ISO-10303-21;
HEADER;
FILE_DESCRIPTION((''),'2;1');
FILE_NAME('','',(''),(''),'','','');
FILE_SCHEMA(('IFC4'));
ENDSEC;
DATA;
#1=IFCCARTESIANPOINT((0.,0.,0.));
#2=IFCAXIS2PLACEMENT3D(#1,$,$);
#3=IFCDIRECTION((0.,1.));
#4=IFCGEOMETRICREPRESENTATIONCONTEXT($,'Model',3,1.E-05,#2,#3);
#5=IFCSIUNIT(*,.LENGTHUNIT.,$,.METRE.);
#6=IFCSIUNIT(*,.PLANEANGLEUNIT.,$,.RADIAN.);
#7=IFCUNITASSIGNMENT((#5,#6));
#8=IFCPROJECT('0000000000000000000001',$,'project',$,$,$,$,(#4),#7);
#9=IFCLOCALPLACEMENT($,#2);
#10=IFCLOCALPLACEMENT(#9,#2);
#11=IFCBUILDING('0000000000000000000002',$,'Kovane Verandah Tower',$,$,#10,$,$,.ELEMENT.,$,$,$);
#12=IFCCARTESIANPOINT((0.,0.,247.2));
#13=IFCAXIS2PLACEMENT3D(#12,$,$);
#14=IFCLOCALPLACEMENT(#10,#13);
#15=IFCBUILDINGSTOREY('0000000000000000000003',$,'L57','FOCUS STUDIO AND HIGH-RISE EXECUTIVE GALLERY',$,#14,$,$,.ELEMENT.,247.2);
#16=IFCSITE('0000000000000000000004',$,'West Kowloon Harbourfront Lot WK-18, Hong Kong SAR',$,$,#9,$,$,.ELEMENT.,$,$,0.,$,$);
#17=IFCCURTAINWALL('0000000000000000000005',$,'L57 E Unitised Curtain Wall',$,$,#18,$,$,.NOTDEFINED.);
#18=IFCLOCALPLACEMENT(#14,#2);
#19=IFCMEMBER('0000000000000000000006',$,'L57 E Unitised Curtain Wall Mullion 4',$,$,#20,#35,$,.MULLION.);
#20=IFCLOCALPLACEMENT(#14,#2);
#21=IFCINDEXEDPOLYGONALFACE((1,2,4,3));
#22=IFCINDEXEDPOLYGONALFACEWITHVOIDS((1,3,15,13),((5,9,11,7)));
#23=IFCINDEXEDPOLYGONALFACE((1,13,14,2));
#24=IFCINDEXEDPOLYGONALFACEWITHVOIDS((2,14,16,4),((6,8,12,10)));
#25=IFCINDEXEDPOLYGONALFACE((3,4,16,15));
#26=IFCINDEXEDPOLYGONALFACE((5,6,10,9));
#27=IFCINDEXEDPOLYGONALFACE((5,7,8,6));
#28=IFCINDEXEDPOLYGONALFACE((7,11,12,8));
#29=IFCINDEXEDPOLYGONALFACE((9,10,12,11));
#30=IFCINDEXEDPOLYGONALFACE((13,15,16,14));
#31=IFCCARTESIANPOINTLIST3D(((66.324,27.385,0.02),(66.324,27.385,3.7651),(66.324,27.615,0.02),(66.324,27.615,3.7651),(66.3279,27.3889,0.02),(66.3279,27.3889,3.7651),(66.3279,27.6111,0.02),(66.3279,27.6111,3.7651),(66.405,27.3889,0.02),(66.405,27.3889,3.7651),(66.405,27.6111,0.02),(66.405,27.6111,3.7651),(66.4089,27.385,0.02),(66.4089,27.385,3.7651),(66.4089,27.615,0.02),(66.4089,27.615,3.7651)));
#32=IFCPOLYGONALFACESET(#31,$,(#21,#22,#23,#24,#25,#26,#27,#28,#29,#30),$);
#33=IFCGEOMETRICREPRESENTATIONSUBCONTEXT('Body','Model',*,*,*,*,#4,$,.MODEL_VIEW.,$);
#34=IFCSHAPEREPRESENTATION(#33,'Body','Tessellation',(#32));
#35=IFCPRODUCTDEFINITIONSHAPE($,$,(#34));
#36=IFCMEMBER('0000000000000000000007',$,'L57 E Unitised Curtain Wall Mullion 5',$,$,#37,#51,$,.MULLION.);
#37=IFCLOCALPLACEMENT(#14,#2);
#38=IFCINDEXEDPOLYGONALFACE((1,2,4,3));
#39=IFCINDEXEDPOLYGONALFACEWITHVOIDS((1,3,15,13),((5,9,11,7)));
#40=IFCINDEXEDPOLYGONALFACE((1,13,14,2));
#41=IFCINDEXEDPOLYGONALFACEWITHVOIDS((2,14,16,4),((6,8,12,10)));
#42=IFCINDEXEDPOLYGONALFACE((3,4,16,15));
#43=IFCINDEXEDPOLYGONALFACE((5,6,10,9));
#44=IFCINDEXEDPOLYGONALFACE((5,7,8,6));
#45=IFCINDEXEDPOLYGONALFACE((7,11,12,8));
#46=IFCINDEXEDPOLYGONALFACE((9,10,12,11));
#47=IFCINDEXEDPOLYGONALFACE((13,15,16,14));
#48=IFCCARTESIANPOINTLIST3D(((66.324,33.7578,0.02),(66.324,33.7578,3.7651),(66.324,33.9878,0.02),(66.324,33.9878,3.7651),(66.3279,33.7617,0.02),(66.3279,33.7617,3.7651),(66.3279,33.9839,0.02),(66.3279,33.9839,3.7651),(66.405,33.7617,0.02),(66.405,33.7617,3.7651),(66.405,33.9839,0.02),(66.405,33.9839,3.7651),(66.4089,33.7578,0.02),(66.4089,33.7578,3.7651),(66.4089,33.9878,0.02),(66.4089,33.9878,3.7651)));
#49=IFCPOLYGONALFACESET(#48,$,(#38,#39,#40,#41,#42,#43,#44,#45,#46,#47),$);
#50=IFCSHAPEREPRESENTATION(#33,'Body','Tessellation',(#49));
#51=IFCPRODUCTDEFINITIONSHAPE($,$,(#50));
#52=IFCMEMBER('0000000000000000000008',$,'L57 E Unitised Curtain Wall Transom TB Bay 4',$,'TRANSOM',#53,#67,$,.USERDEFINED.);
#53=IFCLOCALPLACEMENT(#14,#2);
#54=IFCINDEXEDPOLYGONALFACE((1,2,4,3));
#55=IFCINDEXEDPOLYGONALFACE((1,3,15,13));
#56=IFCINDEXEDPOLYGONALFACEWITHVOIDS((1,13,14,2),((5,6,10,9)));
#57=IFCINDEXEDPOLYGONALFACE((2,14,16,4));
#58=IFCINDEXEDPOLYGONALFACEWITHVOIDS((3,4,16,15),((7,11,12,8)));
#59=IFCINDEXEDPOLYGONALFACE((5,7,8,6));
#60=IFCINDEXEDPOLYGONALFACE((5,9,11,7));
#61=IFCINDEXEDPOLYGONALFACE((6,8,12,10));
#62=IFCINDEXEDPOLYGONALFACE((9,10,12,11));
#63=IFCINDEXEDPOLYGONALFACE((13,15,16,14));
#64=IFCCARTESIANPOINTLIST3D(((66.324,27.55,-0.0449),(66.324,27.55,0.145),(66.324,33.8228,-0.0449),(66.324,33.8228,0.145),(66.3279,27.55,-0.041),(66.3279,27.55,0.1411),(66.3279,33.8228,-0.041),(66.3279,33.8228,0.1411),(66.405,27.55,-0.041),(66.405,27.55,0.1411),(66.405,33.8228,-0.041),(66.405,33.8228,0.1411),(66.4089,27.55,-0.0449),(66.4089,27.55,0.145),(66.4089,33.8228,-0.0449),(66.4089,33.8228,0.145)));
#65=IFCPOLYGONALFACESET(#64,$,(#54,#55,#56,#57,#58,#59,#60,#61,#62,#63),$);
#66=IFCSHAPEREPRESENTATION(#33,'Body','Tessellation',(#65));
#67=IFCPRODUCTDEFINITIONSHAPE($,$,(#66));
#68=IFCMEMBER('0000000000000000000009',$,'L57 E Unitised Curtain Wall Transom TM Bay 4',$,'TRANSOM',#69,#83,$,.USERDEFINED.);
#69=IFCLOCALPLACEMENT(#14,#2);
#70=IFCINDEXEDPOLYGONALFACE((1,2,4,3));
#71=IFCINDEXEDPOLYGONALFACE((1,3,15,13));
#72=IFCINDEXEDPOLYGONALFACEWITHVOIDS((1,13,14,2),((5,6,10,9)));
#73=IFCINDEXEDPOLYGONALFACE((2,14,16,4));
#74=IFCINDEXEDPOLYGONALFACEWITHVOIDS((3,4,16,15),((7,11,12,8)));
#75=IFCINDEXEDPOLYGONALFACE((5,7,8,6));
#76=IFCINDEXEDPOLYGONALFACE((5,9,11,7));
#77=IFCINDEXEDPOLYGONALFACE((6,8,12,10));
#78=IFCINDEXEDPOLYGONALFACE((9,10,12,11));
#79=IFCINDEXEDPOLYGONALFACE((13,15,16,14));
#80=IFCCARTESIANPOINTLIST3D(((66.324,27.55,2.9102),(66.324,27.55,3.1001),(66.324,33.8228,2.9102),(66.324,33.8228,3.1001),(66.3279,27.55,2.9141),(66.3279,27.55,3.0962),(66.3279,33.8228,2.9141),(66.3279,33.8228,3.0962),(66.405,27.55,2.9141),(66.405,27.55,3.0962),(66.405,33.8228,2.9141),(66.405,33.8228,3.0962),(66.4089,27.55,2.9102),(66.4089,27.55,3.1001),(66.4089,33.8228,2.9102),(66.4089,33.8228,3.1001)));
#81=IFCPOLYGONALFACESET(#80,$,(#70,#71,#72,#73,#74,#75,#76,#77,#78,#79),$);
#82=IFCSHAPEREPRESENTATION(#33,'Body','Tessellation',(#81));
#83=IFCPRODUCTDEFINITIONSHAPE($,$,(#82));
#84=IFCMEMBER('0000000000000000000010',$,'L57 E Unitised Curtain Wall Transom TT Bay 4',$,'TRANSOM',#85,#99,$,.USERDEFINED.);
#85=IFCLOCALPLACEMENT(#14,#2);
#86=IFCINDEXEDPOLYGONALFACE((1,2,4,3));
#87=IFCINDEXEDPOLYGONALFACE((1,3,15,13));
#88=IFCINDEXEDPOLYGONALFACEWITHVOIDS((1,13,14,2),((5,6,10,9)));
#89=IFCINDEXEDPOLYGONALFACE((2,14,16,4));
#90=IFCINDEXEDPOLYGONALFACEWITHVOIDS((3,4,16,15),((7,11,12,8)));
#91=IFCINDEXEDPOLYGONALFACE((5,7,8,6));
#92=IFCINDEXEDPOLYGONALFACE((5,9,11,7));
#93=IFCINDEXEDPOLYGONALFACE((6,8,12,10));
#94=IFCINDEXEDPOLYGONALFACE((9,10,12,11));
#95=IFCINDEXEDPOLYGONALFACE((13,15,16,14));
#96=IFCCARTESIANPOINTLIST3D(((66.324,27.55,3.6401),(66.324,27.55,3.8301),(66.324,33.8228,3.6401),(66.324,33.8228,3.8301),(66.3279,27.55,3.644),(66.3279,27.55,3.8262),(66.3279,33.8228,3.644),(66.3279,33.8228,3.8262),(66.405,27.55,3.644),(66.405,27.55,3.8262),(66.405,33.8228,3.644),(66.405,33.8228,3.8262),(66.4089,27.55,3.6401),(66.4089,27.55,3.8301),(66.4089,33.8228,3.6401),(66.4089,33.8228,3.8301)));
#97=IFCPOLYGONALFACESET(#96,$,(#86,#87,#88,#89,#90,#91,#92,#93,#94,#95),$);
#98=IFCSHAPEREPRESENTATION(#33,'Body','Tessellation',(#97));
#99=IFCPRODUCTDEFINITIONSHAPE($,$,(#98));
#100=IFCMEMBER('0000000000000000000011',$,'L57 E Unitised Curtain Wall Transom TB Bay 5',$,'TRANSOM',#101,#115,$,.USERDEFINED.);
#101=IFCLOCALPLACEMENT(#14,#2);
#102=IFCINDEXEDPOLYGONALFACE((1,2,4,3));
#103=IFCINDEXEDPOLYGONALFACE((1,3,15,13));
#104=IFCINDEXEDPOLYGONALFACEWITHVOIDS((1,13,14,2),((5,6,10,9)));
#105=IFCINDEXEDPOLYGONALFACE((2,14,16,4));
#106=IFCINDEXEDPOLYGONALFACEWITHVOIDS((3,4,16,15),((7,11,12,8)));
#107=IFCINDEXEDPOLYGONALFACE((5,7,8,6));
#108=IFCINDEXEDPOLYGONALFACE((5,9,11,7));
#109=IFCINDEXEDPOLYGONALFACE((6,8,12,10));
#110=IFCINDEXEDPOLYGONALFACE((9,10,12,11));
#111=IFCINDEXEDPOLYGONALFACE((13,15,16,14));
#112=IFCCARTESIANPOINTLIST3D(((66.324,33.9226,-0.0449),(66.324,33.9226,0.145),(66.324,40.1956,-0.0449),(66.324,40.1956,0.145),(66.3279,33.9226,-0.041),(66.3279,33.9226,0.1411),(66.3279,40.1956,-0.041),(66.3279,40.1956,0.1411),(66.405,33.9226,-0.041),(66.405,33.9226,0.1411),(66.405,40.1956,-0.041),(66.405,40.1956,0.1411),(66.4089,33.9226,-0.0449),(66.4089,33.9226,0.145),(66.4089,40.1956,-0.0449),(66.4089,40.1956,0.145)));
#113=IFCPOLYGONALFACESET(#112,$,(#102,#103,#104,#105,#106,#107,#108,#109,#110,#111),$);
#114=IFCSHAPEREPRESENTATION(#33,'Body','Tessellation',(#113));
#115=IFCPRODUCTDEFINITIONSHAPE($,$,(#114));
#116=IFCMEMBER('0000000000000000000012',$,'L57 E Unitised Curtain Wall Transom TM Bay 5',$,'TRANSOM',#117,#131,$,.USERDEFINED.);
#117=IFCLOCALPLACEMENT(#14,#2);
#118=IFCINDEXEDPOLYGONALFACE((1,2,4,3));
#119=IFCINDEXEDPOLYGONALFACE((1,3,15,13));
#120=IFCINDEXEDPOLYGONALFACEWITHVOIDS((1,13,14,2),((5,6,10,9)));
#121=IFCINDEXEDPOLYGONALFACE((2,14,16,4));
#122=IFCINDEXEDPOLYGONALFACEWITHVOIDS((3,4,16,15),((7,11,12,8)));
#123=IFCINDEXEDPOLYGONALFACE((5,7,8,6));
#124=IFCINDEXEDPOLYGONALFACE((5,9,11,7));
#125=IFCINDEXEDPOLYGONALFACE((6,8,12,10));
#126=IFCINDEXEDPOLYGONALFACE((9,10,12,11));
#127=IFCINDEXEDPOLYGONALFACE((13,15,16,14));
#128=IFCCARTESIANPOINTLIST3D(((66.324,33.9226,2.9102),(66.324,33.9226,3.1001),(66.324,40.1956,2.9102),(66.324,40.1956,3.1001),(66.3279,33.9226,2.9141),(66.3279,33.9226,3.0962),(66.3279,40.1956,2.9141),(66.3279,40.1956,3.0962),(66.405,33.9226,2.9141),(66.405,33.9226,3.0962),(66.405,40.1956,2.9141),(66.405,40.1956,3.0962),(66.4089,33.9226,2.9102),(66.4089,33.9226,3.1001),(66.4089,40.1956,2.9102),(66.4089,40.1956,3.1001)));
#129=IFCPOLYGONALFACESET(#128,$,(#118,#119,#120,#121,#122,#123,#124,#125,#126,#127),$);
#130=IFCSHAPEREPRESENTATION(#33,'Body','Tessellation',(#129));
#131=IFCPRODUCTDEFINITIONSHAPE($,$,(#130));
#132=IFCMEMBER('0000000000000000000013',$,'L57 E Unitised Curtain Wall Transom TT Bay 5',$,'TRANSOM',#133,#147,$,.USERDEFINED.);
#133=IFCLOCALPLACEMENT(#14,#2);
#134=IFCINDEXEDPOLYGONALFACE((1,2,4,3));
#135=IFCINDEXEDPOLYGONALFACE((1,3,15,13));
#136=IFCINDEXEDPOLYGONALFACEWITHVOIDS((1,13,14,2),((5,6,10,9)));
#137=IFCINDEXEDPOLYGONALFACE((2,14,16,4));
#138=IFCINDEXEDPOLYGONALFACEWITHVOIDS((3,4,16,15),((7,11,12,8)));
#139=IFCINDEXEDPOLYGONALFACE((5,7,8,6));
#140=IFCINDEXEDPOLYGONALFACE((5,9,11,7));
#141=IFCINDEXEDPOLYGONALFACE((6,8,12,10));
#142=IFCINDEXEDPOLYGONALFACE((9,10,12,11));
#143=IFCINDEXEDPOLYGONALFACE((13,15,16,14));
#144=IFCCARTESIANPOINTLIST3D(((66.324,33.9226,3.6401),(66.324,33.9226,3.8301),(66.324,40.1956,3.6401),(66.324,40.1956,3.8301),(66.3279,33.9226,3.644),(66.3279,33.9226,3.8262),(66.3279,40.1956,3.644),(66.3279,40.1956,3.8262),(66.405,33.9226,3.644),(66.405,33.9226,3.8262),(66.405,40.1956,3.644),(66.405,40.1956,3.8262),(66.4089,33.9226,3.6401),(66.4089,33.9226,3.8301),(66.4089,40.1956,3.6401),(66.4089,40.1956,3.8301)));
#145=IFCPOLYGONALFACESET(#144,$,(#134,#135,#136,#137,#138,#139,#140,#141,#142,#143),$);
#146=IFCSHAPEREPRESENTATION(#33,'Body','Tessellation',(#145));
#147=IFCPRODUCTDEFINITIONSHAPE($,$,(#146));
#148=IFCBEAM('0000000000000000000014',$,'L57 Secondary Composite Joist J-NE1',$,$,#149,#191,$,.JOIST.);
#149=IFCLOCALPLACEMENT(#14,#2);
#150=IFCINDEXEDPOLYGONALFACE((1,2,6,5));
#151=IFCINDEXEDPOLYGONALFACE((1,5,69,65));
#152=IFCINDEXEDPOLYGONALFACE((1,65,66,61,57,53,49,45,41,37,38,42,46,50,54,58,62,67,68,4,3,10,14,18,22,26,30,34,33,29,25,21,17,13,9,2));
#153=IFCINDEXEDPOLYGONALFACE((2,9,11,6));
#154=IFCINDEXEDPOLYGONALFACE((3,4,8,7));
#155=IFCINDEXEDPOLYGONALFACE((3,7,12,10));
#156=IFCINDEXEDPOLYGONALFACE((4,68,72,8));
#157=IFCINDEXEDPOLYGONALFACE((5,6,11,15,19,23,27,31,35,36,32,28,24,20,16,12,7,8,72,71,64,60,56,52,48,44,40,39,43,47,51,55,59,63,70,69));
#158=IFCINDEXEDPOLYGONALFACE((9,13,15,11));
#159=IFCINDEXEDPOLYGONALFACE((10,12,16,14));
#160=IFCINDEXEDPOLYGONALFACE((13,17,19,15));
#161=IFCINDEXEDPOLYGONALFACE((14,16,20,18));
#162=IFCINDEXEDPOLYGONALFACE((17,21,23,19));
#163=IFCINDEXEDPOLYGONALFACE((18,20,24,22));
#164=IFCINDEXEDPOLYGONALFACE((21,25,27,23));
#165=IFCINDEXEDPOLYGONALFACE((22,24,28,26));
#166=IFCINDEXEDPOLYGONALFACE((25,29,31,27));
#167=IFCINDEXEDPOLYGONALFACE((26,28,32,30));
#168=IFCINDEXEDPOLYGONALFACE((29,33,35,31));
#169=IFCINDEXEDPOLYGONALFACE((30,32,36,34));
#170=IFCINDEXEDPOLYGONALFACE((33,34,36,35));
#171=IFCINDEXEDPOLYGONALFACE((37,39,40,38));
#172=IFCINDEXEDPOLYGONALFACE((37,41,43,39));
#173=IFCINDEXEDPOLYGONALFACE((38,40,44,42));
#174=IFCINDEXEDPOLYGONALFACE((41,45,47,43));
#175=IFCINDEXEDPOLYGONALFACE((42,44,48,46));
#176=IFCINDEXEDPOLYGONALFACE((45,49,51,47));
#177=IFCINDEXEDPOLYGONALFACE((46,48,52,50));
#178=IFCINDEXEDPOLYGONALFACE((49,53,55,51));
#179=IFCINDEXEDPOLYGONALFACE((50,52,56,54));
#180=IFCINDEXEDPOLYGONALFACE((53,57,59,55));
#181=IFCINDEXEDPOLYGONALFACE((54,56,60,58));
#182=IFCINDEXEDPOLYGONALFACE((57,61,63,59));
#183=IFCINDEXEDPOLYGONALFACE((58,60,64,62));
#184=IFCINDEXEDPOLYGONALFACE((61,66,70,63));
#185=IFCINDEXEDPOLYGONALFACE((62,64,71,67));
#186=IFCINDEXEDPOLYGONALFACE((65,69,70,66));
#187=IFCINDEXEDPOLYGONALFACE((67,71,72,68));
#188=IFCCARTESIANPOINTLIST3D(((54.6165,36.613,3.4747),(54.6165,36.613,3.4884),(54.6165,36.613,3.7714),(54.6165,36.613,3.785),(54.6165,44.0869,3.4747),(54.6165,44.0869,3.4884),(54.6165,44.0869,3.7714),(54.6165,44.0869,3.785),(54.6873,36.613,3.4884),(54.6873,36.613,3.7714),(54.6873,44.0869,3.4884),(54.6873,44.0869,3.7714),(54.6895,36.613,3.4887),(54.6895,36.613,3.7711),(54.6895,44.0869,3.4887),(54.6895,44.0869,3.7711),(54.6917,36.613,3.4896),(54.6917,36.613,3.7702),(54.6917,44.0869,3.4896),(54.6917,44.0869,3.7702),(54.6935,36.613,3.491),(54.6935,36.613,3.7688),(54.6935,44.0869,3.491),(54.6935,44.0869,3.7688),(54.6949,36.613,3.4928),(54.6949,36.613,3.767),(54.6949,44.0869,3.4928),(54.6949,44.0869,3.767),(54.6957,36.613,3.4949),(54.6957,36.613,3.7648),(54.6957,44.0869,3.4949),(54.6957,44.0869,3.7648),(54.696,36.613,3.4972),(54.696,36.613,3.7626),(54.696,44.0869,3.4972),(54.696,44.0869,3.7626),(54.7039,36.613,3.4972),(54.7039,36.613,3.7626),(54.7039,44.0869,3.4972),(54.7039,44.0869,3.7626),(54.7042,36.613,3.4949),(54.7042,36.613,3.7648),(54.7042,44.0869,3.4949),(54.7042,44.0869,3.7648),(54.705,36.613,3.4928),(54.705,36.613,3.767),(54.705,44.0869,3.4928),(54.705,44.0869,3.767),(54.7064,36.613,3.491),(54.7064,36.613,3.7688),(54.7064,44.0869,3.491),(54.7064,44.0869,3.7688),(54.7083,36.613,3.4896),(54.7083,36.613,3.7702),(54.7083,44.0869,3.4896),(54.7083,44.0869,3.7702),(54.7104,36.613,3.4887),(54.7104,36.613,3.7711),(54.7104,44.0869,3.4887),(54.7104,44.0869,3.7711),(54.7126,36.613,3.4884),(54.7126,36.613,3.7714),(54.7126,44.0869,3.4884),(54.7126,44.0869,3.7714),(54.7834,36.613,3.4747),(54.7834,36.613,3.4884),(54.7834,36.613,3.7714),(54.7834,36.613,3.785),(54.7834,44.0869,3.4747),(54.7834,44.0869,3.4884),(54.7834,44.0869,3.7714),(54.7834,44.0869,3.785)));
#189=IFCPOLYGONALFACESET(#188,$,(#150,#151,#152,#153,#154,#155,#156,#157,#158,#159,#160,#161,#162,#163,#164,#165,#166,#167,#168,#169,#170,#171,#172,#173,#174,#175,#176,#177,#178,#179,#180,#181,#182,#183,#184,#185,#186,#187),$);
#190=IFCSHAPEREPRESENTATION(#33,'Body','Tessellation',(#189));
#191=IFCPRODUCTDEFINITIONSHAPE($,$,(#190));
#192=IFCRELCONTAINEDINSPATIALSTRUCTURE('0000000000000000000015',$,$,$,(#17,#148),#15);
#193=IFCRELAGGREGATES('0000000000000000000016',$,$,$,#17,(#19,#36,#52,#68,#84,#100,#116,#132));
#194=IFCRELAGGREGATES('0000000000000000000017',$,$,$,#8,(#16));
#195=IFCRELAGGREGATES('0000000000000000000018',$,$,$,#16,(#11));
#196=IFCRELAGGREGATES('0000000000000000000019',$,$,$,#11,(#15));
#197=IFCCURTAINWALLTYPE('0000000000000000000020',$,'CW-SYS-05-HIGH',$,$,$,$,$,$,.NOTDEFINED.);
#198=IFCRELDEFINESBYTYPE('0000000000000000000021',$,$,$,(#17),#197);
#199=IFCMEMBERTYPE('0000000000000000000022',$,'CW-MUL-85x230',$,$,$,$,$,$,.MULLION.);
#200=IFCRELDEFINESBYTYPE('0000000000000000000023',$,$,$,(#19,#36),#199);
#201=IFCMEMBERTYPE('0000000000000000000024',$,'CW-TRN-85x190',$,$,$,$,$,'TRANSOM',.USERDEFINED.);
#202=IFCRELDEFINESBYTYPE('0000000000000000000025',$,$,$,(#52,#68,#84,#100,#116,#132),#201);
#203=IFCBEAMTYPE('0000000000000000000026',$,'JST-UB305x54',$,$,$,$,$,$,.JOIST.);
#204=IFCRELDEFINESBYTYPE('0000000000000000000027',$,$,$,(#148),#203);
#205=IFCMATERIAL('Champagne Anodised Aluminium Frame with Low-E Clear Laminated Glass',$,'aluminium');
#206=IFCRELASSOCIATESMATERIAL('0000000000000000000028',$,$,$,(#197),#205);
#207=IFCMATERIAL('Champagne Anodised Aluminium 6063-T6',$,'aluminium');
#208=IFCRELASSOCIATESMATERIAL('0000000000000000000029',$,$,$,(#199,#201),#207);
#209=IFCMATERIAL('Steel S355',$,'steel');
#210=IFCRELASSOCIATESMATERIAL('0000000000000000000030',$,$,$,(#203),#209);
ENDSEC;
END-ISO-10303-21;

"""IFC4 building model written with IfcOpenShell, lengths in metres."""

from ifc_helpers import new_model, si_unit, direction, frame, origin, origin_2d, place, context, subcontext, project, spatial, hollow_rectangle, i_section, extrude, material, material_profile, profile_set, type_object, element, aggregate, save


model = new_model("IFC4")

# Units and contexts
model_context = context("Model", 3, precision=1e-05, world=origin(), true_north=direction((0.0, 1.0)))
body_context = subcontext(model_context, "Body", "Model", "MODEL_VIEW")
ifc_project = project(units=[si_unit("LENGTHUNIT", "METRE"), si_unit("PLANEANGLEUNIT", "RADIAN")], contexts=[model_context])

# Site, building, storey
site_placement = place(None, origin())
site = spatial("IfcSite", under=ifc_project, at=site_placement, Name="West Kowloon Harbourfront Lot WK-18, Hong Kong SAR", CompositionType="ELEMENT", RefElevation=0.0)
building_placement = place(site_placement, origin())
building = spatial("IfcBuilding", under=site, at=building_placement, Name="Kovane Verandah Tower", CompositionType="ELEMENT")
storey_placement = place(building_placement, frame((0.0, 0.0, 247.2)))
storey = spatial("IfcBuildingStorey", under=building, at=storey_placement, Name="L57", Description="FOCUS STUDIO AND HIGH-RISE EXECUTIVE GALLERY", CompositionType="ELEMENT", Elevation=247.2)

# Shared definitions
ifc_material_1 = material(Name="Steel S355", Category="steel")

# Curtain wall, members
ifc_material_2 = material(Name="Champagne Anodised Aluminium Frame with Low-E Clear Laminated Glass", Category="aluminium")
curtain_wall_type = type_object("IfcCurtainWallType", Name="CW-SYS-05-HIGH", PredefinedType="NOTDEFINED", material=ifc_material_2)
curtain_wall_placement = place(storey_placement, origin())
curtain_wall = element("IfcCurtainWall", 1, at=curtain_wall_placement, inside=storey, type_object=curtain_wall_type, Name="L57 E Unitised Curtain Wall", PredefinedType="NOTDEFINED")
ifc_material_3 = material(Name="Champagne Anodised Aluminium 6063-T6", Category="aluminium")
ifc_material_profile_1 = material_profile(ifc_material_3, hollow_rectangle(XDim=0.085, YDim=0.23, WallThickness=0.0039, at=origin_2d()), Name="AL85x230x4")
ifc_profile_set_1 = profile_set([ifc_material_profile_1], Name="Champagne Anodised Aluminium 6063-T6")
member_type_1 = type_object("IfcMemberType", Name="CW-MUL-85x230", PredefinedType="MULLION", material=ifc_profile_set_1)
member_1_placement = place(storey_placement, frame((66.3665, 27.5, 0.02), z_axis=(0.0, 0.0, 1.0), x_axis=(1.0, 0.0, 0.0)))
member_1 = element("IfcMember", 2, at=member_1_placement, type_object=member_type_1, Name="L57 E Unitised Curtain Wall Mullion 4", PredefinedType="MULLION", context=body_context, shape_type="SweptSolid", body=[
    extrude(hollow_rectangle(XDim=0.085, YDim=0.23, WallThickness=0.0039, at=origin_2d()), origin(), (0.0, 0.0, 1.0), 3.7451),
])
member_2_placement = place(storey_placement, frame((66.3665, 33.8728, 0.02), z_axis=(0.0, 0.0, 1.0), x_axis=(1.0, 0.0, 0.0)))
member_2 = element("IfcMember", 3, at=member_2_placement, type_object=member_type_1, Name="L57 E Unitised Curtain Wall Mullion 5", PredefinedType="MULLION", context=body_context, shape_type="SweptSolid", body=[
    extrude(hollow_rectangle(XDim=0.085, YDim=0.23, WallThickness=0.0039, at=origin_2d()), origin(), (0.0, 0.0, 1.0), 3.7451),
])
ifc_material_profile_2 = material_profile(ifc_material_3, hollow_rectangle(XDim=0.085, YDim=0.1899, WallThickness=0.0039, at=origin_2d()), Name="AL85x190x4")
ifc_profile_set_2 = profile_set([ifc_material_profile_2], Name="Champagne Anodised Aluminium 6063-T6")
member_type_2 = type_object("IfcMemberType", Name="CW-TRN-85x190", ElementType="TRANSOM", PredefinedType="USERDEFINED", material=ifc_profile_set_2)
member_3_placement = place(storey_placement, frame((66.3665, 27.55, 0.05), z_axis=(0.0, 1.0, 0.0), x_axis=(-1.0, 0.0, 0.0)))
member_3 = element("IfcMember", 4, at=member_3_placement, type_object=member_type_2, Name="L57 E Unitised Curtain Wall Transom TB Bay 4", ObjectType="TRANSOM", PredefinedType="USERDEFINED", context=body_context, shape_type="SweptSolid", body=[
    extrude(hollow_rectangle(XDim=0.085, YDim=0.1899, WallThickness=0.0039, at=origin_2d()), origin(), (0.0, 0.0, 1.0), 6.2727),
])
member_4_placement = place(storey_placement, frame((66.3665, 27.55, 3.0051), z_axis=(0.0, 1.0, 0.0), x_axis=(-1.0, 0.0, 0.0)))
member_4 = element("IfcMember", 5, at=member_4_placement, type_object=member_type_2, Name="L57 E Unitised Curtain Wall Transom TM Bay 4", ObjectType="TRANSOM", PredefinedType="USERDEFINED", context=body_context, shape_type="SweptSolid", body=[
    extrude(hollow_rectangle(XDim=0.085, YDim=0.1899, WallThickness=0.0039, at=origin_2d()), origin(), (0.0, 0.0, 1.0), 6.2727),
])
member_5_placement = place(storey_placement, frame((66.3665, 27.55, 3.7351), z_axis=(0.0, 1.0, 0.0), x_axis=(-1.0, 0.0, 0.0)))
member_5 = element("IfcMember", 6, at=member_5_placement, type_object=member_type_2, Name="L57 E Unitised Curtain Wall Transom TT Bay 4", ObjectType="TRANSOM", PredefinedType="USERDEFINED", context=body_context, shape_type="SweptSolid", body=[
    extrude(hollow_rectangle(XDim=0.085, YDim=0.1899, WallThickness=0.0039, at=origin_2d()), origin(), (0.0, 0.0, 1.0), 6.2727),
])
member_6_placement = place(storey_placement, frame((66.3665, 33.9226, 0.05), z_axis=(0.0, 1.0, 0.0), x_axis=(-1.0, 0.0, 0.0)))
member_6 = element("IfcMember", 7, at=member_6_placement, type_object=member_type_2, Name="L57 E Unitised Curtain Wall Transom TB Bay 5", ObjectType="TRANSOM", PredefinedType="USERDEFINED", context=body_context, shape_type="SweptSolid", body=[
    extrude(hollow_rectangle(XDim=0.085, YDim=0.1899, WallThickness=0.0039, at=origin_2d()), origin(), (0.0, 0.0, 1.0), 6.2729),
])
member_7_placement = place(storey_placement, frame((66.3665, 33.9226, 3.0051), z_axis=(0.0, 1.0, 0.0), x_axis=(-1.0, 0.0, 0.0)))
member_7 = element("IfcMember", 8, at=member_7_placement, type_object=member_type_2, Name="L57 E Unitised Curtain Wall Transom TM Bay 5", ObjectType="TRANSOM", PredefinedType="USERDEFINED", context=body_context, shape_type="SweptSolid", body=[
    extrude(hollow_rectangle(XDim=0.085, YDim=0.1899, WallThickness=0.0039, at=origin_2d()), origin(), (0.0, 0.0, 1.0), 6.2729),
])
member_8_placement = place(storey_placement, frame((66.3665, 33.9226, 3.7351), z_axis=(0.0, 1.0, 0.0), x_axis=(-1.0, 0.0, 0.0)))
member_8 = element("IfcMember", 9, at=member_8_placement, type_object=member_type_2, Name="L57 E Unitised Curtain Wall Transom TT Bay 5", ObjectType="TRANSOM", PredefinedType="USERDEFINED", context=body_context, shape_type="SweptSolid", body=[
    extrude(hollow_rectangle(XDim=0.085, YDim=0.1899, WallThickness=0.0039, at=origin_2d()), origin(), (0.0, 0.0, 1.0), 6.2729),
])

# Beam
ifc_material_profile_3 = material_profile(ifc_material_1, i_section(OverallWidth=0.167, OverallDepth=0.3103, WebThickness=0.0078, FlangeThickness=0.0137, FilletRadius=0.0088, at=origin_2d()), Name="UB305x165x54")
ifc_profile_set_3 = profile_set([ifc_material_profile_3], Name="Steel S355")
beam_type_1 = type_object("IfcBeamType", Name="JST-UB305x54", PredefinedType="JOIST", material=ifc_profile_set_3)
beam_1_placement = place(storey_placement, frame((54.7, 36.613, 3.6299), z_axis=(0.0, 1.0, 0.0), x_axis=(-1.0, 0.0, 0.0)))
element("IfcBeam", 10, at=beam_1_placement, inside=storey, type_object=beam_type_1, Name="L57 Secondary Composite Joist J-NE1", PredefinedType="JOIST", context=body_context, shape_type="SweptSolid", body=[
    extrude(i_section(OverallWidth=0.167, OverallDepth=0.3103, WebThickness=0.0078, FlangeThickness=0.0137, FilletRadius=0.0088, at=origin_2d()), origin(), (0.0, 0.0, 1.0), 7.4739),
])

aggregate(curtain_wall, [member_1, member_2, member_3, member_4, member_5, member_6, member_7, member_8])

save(model, "model.ifc")
